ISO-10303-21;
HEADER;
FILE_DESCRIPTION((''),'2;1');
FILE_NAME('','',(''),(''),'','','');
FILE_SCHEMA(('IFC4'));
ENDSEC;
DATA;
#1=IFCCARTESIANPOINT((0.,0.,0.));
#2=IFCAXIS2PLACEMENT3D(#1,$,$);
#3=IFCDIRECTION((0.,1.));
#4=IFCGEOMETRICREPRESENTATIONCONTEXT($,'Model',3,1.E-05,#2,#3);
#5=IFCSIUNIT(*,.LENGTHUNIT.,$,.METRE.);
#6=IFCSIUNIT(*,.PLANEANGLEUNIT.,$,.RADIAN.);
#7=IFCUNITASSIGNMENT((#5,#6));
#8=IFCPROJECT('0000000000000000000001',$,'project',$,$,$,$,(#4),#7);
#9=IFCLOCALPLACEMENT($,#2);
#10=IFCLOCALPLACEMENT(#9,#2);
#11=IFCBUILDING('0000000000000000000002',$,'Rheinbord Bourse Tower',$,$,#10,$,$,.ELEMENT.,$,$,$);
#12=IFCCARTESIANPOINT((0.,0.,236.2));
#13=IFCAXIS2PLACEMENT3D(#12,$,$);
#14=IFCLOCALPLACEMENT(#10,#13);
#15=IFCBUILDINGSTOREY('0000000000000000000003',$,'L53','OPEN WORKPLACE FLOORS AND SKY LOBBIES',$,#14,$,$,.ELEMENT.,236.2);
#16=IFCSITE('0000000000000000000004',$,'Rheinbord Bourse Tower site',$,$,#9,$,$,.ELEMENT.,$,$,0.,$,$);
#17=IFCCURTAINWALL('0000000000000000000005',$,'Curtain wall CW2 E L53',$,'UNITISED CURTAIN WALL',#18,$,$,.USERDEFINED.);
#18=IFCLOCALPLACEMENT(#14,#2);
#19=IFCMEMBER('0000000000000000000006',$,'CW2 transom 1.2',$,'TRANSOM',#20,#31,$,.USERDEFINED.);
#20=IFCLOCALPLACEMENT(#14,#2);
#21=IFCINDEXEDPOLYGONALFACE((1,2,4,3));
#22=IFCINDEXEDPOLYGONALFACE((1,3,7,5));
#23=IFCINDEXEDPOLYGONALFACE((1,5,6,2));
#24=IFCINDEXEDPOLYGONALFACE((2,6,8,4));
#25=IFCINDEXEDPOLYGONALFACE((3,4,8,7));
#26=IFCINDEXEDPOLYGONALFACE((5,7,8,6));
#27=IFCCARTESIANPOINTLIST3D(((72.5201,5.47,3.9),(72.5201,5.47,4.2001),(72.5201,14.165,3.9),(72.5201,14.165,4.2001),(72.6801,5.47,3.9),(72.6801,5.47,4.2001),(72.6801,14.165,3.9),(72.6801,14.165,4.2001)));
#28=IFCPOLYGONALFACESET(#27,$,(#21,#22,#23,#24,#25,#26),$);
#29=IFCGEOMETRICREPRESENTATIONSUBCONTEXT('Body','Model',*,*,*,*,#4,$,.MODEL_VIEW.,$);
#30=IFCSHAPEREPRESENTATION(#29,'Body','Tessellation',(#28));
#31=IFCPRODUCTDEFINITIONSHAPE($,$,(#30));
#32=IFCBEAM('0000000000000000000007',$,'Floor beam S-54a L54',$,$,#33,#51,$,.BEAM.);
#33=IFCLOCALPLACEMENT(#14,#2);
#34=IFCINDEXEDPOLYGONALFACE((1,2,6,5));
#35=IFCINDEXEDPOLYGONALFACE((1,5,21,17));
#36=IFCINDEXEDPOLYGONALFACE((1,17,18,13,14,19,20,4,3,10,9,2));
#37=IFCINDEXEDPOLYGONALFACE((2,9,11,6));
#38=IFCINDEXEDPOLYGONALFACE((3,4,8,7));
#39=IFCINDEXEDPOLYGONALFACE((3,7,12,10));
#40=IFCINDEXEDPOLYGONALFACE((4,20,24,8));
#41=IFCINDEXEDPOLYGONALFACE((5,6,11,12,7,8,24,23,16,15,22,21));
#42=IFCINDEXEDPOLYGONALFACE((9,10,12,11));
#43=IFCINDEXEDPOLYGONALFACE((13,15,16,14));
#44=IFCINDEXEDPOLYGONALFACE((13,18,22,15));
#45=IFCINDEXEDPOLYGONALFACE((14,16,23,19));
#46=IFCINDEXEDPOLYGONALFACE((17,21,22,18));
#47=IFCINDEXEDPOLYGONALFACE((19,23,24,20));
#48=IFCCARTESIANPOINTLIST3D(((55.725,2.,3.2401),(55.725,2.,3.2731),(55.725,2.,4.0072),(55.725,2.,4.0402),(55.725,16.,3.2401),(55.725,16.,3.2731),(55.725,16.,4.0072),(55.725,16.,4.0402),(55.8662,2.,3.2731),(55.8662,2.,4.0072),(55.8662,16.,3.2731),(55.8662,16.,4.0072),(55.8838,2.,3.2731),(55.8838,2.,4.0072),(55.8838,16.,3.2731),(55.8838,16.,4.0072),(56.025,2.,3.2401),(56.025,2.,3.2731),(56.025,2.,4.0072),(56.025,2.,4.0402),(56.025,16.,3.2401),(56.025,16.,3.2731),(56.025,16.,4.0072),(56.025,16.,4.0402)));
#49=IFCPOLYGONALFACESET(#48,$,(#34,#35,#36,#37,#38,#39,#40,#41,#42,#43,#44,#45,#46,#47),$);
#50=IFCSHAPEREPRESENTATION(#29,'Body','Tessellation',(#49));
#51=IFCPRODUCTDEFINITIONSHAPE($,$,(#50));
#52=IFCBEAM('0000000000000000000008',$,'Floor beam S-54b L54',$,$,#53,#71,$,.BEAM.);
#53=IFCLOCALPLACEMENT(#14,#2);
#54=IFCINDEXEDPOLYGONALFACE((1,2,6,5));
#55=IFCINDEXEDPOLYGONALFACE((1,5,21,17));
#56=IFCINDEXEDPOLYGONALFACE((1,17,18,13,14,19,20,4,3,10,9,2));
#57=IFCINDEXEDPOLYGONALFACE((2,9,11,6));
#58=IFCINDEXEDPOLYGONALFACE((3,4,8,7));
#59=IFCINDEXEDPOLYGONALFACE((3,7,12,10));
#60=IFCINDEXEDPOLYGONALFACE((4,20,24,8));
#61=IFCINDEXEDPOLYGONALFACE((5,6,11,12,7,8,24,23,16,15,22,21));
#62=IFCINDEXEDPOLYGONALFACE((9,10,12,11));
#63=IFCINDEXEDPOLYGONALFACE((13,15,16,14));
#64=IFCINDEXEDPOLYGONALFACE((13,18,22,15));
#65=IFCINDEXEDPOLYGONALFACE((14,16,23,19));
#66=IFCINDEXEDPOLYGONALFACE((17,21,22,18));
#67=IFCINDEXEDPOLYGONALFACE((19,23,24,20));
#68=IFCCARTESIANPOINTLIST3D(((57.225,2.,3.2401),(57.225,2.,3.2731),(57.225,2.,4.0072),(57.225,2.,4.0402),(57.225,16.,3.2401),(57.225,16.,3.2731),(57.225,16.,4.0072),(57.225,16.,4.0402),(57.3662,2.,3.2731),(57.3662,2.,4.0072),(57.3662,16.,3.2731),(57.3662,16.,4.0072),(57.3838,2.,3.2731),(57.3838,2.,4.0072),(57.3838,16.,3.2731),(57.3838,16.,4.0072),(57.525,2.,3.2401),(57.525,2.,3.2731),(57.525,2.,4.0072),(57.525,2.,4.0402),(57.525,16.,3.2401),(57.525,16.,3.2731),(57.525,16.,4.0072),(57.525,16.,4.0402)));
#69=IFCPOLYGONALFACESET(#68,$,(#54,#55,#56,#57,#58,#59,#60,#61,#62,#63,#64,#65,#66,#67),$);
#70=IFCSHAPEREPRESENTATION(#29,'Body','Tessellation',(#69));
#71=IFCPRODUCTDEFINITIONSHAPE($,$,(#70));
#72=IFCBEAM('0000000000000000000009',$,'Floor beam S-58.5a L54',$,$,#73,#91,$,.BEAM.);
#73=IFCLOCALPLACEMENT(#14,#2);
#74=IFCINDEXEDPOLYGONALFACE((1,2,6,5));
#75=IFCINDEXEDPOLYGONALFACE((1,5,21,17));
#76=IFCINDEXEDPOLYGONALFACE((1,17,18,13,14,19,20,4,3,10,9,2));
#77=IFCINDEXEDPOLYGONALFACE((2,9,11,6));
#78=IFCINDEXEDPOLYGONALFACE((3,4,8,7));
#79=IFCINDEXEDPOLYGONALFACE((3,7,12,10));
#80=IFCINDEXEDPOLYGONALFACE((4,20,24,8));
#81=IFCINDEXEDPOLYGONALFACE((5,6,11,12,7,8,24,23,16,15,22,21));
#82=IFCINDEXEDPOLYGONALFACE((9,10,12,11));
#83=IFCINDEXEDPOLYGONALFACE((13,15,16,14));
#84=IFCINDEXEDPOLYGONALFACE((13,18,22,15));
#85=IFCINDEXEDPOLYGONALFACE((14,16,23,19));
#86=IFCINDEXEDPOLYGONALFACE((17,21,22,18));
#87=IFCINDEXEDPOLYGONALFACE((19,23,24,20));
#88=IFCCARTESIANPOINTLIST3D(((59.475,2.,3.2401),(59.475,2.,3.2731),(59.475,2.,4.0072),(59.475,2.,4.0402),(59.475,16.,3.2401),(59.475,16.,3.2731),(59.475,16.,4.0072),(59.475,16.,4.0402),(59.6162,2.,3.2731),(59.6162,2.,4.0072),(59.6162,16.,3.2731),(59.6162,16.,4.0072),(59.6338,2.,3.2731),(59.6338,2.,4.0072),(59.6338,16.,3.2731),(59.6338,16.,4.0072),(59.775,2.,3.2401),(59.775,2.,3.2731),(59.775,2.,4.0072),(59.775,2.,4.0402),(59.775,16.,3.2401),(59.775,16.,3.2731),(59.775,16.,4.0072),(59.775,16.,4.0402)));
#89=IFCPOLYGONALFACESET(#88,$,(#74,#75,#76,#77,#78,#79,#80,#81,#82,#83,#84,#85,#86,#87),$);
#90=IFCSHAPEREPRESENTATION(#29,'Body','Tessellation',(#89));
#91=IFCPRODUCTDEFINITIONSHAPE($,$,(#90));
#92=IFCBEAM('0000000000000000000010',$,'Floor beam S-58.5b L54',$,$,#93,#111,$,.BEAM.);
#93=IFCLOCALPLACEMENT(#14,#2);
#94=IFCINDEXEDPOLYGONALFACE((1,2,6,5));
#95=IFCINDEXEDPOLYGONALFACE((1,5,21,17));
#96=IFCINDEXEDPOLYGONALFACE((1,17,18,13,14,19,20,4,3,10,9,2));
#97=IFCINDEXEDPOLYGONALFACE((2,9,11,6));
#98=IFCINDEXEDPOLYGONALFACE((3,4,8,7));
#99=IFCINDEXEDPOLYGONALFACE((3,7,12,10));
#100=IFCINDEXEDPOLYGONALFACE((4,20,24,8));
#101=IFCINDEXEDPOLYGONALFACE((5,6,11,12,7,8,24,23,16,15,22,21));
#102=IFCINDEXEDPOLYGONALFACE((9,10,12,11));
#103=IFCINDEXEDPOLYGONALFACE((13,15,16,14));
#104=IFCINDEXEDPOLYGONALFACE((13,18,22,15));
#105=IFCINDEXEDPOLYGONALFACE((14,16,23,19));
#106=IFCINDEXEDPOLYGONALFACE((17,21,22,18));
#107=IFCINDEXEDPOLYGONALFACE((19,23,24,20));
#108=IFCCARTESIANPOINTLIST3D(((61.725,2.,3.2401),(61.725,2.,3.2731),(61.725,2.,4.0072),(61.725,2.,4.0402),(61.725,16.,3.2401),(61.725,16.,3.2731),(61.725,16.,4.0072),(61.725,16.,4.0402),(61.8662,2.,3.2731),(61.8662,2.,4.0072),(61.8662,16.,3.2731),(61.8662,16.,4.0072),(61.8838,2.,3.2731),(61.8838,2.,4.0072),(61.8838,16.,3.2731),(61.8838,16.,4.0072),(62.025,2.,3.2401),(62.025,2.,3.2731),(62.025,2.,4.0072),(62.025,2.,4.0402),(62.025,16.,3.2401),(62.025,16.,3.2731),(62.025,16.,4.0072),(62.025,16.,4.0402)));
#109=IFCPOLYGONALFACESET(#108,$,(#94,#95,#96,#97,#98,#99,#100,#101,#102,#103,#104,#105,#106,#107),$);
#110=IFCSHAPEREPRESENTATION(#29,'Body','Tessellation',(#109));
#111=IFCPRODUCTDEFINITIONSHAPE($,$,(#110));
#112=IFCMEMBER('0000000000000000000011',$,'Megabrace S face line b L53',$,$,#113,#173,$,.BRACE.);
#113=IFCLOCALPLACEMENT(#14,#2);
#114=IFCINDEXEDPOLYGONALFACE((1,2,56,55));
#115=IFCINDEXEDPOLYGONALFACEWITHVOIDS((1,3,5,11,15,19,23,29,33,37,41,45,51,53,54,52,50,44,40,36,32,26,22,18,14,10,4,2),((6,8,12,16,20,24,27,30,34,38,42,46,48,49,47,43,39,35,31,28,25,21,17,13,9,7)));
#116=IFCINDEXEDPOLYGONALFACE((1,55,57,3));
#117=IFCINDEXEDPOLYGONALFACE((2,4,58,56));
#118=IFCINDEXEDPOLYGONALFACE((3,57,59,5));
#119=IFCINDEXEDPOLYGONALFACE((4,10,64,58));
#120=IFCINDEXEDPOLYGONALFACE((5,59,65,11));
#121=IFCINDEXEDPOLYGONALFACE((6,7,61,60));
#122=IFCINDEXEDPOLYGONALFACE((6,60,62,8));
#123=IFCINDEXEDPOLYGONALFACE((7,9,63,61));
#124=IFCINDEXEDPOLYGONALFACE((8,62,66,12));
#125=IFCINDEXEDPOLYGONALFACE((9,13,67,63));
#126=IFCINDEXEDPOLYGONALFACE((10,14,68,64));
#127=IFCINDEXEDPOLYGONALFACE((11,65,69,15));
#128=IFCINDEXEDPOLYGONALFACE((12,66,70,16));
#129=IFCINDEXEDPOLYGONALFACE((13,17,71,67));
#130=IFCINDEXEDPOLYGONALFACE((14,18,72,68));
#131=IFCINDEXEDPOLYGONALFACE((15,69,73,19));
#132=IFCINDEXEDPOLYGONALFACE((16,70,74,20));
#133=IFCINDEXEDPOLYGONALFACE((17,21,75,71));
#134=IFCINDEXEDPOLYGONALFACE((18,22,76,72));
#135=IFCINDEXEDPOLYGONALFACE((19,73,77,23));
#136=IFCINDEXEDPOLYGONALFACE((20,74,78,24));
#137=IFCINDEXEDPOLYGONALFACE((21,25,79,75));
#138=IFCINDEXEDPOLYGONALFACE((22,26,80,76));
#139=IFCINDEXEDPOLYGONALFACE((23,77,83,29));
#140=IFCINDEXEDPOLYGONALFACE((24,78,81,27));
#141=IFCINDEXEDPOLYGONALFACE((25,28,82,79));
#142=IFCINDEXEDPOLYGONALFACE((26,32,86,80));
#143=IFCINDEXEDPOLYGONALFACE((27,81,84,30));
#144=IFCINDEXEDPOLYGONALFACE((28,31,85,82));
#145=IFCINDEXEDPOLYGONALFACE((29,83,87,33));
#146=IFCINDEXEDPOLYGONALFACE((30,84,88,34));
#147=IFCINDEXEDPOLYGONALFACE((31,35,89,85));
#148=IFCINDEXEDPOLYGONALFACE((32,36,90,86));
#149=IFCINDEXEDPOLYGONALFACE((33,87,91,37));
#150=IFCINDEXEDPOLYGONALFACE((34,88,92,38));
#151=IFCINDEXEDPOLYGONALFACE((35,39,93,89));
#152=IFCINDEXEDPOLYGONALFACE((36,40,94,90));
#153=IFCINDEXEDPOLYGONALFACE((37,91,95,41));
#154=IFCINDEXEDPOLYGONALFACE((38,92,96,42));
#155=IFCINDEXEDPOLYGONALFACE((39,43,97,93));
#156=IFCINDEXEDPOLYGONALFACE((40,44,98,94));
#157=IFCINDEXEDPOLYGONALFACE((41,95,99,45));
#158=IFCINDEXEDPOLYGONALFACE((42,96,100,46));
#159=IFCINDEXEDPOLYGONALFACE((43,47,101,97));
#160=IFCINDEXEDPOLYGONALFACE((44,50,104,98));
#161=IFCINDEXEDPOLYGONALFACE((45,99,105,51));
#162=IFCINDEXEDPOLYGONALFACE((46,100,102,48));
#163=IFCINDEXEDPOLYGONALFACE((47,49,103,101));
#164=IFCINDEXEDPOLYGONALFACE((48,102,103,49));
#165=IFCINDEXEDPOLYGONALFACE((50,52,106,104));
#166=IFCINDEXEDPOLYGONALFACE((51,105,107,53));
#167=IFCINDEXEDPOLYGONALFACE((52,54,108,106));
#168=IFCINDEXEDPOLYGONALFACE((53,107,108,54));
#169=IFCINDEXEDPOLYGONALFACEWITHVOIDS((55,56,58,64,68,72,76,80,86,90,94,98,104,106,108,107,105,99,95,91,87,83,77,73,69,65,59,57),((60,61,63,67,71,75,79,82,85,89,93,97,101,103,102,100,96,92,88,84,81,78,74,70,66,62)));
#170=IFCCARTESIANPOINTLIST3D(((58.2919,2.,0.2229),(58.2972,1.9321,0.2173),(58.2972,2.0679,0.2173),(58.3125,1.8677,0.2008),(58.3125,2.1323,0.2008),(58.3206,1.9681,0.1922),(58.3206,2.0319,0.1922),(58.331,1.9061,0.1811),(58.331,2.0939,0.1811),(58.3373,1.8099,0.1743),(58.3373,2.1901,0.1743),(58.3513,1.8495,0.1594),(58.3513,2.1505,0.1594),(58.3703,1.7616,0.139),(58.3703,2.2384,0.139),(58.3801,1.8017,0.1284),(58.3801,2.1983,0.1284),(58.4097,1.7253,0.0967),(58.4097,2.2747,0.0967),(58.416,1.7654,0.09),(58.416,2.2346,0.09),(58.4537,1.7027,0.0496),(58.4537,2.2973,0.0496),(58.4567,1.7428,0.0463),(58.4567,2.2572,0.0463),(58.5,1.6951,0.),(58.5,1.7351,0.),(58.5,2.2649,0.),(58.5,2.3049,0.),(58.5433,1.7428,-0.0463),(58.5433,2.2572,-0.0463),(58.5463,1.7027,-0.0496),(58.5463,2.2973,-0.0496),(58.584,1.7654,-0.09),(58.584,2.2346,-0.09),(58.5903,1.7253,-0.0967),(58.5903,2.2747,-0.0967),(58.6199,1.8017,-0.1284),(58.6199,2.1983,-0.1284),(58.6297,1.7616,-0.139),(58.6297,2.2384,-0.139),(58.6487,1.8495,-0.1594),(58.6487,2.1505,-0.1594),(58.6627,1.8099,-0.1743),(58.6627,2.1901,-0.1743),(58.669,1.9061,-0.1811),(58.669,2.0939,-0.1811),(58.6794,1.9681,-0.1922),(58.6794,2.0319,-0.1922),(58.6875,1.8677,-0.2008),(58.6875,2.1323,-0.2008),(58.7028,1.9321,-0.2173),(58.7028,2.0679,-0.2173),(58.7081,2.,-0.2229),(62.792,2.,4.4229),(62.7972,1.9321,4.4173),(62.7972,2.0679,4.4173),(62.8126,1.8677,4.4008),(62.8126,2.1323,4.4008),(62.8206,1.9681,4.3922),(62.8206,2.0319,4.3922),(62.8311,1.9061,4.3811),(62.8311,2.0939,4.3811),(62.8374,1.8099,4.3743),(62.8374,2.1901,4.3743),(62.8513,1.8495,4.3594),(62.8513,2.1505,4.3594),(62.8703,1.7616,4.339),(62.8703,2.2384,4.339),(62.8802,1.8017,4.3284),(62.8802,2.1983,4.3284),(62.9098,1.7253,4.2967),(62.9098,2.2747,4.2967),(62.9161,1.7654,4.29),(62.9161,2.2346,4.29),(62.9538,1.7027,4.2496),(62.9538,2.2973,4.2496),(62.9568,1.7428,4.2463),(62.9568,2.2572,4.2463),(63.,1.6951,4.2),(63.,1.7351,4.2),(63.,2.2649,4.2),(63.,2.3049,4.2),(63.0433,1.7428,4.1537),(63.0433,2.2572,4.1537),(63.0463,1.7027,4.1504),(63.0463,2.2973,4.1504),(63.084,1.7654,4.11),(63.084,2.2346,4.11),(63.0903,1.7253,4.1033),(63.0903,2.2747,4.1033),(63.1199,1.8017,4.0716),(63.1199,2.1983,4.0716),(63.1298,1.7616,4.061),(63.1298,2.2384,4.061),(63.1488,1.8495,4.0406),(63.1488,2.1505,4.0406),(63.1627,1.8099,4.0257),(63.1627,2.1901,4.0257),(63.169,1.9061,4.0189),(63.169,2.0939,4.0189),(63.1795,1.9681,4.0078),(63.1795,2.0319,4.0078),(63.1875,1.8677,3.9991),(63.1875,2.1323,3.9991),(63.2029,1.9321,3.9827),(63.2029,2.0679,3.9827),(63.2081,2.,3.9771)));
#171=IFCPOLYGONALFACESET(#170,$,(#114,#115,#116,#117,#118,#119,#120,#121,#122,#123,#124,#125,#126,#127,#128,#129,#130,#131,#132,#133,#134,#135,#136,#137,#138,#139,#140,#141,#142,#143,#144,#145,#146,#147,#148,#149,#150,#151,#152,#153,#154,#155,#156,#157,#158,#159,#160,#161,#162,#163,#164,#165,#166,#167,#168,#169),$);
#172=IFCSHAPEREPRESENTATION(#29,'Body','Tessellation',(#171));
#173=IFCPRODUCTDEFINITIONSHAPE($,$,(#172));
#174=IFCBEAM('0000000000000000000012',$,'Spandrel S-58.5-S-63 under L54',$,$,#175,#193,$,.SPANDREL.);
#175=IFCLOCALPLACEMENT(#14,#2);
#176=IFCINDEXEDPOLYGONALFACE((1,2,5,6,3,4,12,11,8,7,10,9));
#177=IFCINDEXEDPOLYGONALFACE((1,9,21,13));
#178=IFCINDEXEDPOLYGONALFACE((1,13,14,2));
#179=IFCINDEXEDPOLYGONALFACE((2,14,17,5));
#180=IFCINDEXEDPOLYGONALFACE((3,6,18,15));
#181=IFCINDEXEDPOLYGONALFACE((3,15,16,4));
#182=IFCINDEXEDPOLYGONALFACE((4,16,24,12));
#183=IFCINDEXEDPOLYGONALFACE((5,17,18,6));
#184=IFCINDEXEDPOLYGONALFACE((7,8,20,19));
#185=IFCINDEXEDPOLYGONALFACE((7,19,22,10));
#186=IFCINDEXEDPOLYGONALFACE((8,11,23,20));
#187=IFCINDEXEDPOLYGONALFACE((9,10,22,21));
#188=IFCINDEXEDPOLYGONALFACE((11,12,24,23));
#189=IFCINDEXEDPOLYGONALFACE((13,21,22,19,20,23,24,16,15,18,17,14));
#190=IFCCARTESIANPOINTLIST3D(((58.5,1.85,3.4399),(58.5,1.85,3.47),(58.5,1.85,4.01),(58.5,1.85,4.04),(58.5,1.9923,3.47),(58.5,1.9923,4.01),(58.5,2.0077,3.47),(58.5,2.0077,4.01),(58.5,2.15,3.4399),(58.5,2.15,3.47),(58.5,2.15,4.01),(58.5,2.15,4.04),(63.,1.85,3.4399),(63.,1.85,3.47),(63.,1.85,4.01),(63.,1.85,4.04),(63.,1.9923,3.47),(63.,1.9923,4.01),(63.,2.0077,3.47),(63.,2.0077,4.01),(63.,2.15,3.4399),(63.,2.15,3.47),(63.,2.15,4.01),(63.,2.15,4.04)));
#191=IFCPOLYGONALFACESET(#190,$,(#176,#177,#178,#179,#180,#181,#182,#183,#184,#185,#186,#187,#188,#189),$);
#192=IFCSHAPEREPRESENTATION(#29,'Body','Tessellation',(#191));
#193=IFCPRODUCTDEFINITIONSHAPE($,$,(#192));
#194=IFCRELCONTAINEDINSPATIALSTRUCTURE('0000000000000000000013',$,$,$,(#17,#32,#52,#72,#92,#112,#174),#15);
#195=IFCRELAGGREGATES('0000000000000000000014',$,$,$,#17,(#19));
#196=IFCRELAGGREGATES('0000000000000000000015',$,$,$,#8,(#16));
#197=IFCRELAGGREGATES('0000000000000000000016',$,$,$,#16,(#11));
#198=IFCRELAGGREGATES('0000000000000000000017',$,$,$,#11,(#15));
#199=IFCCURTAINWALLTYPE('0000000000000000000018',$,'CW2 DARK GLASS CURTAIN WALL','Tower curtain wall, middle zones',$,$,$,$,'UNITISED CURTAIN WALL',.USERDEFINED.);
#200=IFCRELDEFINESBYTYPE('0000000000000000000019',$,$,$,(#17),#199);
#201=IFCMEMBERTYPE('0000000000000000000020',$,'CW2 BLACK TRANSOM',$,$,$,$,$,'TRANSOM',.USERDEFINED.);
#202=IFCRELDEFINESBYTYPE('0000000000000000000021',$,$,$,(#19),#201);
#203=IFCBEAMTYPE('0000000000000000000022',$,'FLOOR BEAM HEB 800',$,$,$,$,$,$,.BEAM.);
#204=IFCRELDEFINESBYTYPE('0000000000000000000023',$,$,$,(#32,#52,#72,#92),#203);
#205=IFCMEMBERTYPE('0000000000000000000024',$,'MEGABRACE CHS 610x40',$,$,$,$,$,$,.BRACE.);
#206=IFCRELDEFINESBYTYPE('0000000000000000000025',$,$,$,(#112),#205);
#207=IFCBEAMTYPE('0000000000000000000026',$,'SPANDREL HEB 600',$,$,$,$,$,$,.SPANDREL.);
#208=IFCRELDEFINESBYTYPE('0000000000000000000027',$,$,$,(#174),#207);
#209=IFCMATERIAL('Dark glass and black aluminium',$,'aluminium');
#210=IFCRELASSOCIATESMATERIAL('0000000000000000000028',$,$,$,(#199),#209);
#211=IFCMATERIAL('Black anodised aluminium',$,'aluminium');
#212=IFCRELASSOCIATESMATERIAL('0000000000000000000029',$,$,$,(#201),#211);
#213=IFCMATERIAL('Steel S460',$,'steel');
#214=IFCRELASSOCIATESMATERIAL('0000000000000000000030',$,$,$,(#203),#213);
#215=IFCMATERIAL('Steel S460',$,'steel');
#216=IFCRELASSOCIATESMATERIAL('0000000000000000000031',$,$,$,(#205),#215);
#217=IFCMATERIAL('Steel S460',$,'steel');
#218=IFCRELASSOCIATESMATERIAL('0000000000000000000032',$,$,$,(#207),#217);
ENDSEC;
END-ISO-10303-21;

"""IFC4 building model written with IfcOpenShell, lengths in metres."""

from ifc_helpers import new_model, si_unit, direction, frame, origin, origin_2d, place, context, subcontext, project, spatial, rectangle, hollow_circle, i_section, extrude, material, material_profile, profile_set, type_object, element, aggregate, save


model = new_model("IFC4")

# Units and contexts
model_context = context("Model", 3, precision=1e-05, world=origin(), true_north=direction((0.0, 1.0)))
body_context = subcontext(model_context, "Body", "Model", "MODEL_VIEW")
ifc_project = project(units=[si_unit("LENGTHUNIT", "METRE"), si_unit("PLANEANGLEUNIT", "RADIAN")], contexts=[model_context])

# Site, building, storey
site_placement = place(None, origin())
site = spatial("IfcSite", under=ifc_project, at=site_placement, Name="Rheinbord Bourse Tower site", CompositionType="ELEMENT", RefElevation=0.0)
building_placement = place(site_placement, origin())
building = spatial("IfcBuilding", under=site, at=building_placement, Name="Rheinbord Bourse Tower", CompositionType="ELEMENT")
storey_placement = place(building_placement, frame((0.0, 0.0, 236.2)))
storey = spatial("IfcBuildingStorey", under=building, at=storey_placement, Name="L53", Description="OPEN WORKPLACE FLOORS AND SKY LOBBIES", CompositionType="ELEMENT", Elevation=236.2)

# Shared definitions
ifc_material_1 = material(Name="Dark glass and black aluminium", Category="aluminium")
curtain_wall_type = type_object("IfcCurtainWallType", Name="CW2 DARK GLASS CURTAIN WALL", Description="Tower curtain wall, middle zones", ElementType="UNITISED CURTAIN WALL", PredefinedType="USERDEFINED", material=ifc_material_1)

# Curtain wall
curtain_wall_1_placement = place(storey_placement, origin())
curtain_wall_1 = element("IfcCurtainWall", 1, at=curtain_wall_1_placement, inside=storey, type_object=curtain_wall_type, Name="Curtain wall CW2 E L53", ObjectType="UNITISED CURTAIN WALL", PredefinedType="USERDEFINED")

# Member
ifc_material_2 = material(Name="Black anodised aluminium", Category="aluminium")
ifc_material_profile_1 = material_profile(ifc_material_2, rectangle(XDim=0.1599, YDim=0.3, at=origin_2d()), Name="CW2 TRANSOM 300x160")
ifc_profile_set_1 = profile_set([ifc_material_profile_1], Name="Black anodised aluminium")
member_type_1 = type_object("IfcMemberType", Name="CW2 BLACK TRANSOM", ElementType="TRANSOM", PredefinedType="USERDEFINED", material=ifc_profile_set_1)
member_1_placement = place(storey_placement, frame((72.6001, 5.47, 4.05), z_axis=(0.0, 1.0, 0.0), x_axis=(-1.0, 0.0, 0.0)))
member_1 = element("IfcMember", 2, at=member_1_placement, type_object=member_type_1, Name="CW2 transom 1.2", ObjectType="TRANSOM", PredefinedType="USERDEFINED", context=body_context, shape_type="SweptSolid", body=[
    extrude(rectangle(XDim=0.1599, YDim=0.3, at=origin_2d()), origin(), (0.0, 0.0, 1.0), 8.6951),
])

# Beams
ifc_material_3 = material(Name="Steel S460", Category="steel")
ifc_material_profile_2 = material_profile(ifc_material_3, i_section(OverallWidth=0.3, OverallDepth=0.8, WebThickness=0.0176, FlangeThickness=0.033, at=origin_2d()), Name="HEB 800")
ifc_profile_set_2 = profile_set([ifc_material_profile_2], Name="Steel S460")
beam_type_1 = type_object("IfcBeamType", Name="FLOOR BEAM HEB 800", PredefinedType="BEAM", material=ifc_profile_set_2)
for number, where, z_axis, x_axis, name in (
    (3, (55.875, 2.0, 3.6401), (0.0, 1.0, 0.0), (-1.0, 0.0, 0.0), "Floor beam S-54a L54"),
    (4, (57.375, 2.0, 3.6401), (0.0, 1.0, 0.0), (-1.0, 0.0, 0.0), "Floor beam S-54b L54"),
    (5, (59.625, 2.0, 3.6401), (0.0, 1.0, 0.0), (-1.0, 0.0, 0.0), "Floor beam S-58.5a L54"),
    (6, (61.875, 2.0, 3.6401), (0.0, 1.0, 0.0), (-1.0, 0.0, 0.0), "Floor beam S-58.5b L54"),
):
    element("IfcBeam", number, at=place(storey_placement, frame(where, z_axis=z_axis, x_axis=x_axis)), inside=storey, type_object=beam_type_1, Name=name, PredefinedType="BEAM", context=body_context, shape_type="SweptSolid", body=[
        extrude(i_section(OverallWidth=0.3, OverallDepth=0.8, WebThickness=0.0176, FlangeThickness=0.033, at=origin_2d()), origin(), (0.0, 0.0, 1.0), 14.0),
    ])

# Member
ifc_material_4 = material(Name="Steel S460", Category="steel")
ifc_material_profile_3 = material_profile(ifc_material_4, hollow_circle(Radius=0.3049, WallThickness=0.04, at=origin_2d()), Name="CHS 610x40")
ifc_profile_set_3 = profile_set([ifc_material_profile_3], Name="Steel S460")
member_type_2 = type_object("IfcMemberType", Name="MEGABRACE CHS 610x40", PredefinedType="BRACE", material=ifc_profile_set_3)
member_2_placement = place(storey_placement, frame((58.5, 2.0, 0.0), z_axis=(0.731059, 0.0, 0.682314), x_axis=(0.0, 1.0, 0.0)))
element("IfcMember", 7, at=member_2_placement, inside=storey, type_object=member_type_2, Name="Megabrace S face line b L53", PredefinedType="BRACE", context=body_context, shape_type="SweptSolid", body=[
    extrude(hollow_circle(Radius=0.3049, WallThickness=0.04, at=origin_2d()), origin(), (0.0, 0.0, 1.0), 6.1555),
])

# Beam
ifc_material_5 = material(Name="Steel S460", Category="steel")
ifc_material_profile_4 = material_profile(ifc_material_5, i_section(OverallWidth=0.3, OverallDepth=0.6001, WebThickness=0.0154, FlangeThickness=0.03, at=origin_2d()), Name="HEB 600")
ifc_profile_set_4 = profile_set([ifc_material_profile_4], Name="Steel S460")
beam_type_2 = type_object("IfcBeamType", Name="SPANDREL HEB 600", PredefinedType="SPANDREL", material=ifc_profile_set_4)
for number, where, z_axis, x_axis, name in (
    (8, (58.5, 2.0, 3.74), (1.0, 0.0, 0.0), (0.0, 1.0, 0.0), "Spandrel S-58.5-S-63 under L54"),
):
    element("IfcBeam", number, at=place(storey_placement, frame(where, z_axis=z_axis, x_axis=x_axis)), inside=storey, type_object=beam_type_2, Name=name, PredefinedType="SPANDREL", context=body_context, shape_type="SweptSolid", body=[
        extrude(i_section(OverallWidth=0.3, OverallDepth=0.6001, WebThickness=0.0154, FlangeThickness=0.03, at=origin_2d()), origin(), (0.0, 0.0, 1.0), 4.5),
    ])

aggregate(curtain_wall_1, [member_1])

save(model, "model.ifc")
